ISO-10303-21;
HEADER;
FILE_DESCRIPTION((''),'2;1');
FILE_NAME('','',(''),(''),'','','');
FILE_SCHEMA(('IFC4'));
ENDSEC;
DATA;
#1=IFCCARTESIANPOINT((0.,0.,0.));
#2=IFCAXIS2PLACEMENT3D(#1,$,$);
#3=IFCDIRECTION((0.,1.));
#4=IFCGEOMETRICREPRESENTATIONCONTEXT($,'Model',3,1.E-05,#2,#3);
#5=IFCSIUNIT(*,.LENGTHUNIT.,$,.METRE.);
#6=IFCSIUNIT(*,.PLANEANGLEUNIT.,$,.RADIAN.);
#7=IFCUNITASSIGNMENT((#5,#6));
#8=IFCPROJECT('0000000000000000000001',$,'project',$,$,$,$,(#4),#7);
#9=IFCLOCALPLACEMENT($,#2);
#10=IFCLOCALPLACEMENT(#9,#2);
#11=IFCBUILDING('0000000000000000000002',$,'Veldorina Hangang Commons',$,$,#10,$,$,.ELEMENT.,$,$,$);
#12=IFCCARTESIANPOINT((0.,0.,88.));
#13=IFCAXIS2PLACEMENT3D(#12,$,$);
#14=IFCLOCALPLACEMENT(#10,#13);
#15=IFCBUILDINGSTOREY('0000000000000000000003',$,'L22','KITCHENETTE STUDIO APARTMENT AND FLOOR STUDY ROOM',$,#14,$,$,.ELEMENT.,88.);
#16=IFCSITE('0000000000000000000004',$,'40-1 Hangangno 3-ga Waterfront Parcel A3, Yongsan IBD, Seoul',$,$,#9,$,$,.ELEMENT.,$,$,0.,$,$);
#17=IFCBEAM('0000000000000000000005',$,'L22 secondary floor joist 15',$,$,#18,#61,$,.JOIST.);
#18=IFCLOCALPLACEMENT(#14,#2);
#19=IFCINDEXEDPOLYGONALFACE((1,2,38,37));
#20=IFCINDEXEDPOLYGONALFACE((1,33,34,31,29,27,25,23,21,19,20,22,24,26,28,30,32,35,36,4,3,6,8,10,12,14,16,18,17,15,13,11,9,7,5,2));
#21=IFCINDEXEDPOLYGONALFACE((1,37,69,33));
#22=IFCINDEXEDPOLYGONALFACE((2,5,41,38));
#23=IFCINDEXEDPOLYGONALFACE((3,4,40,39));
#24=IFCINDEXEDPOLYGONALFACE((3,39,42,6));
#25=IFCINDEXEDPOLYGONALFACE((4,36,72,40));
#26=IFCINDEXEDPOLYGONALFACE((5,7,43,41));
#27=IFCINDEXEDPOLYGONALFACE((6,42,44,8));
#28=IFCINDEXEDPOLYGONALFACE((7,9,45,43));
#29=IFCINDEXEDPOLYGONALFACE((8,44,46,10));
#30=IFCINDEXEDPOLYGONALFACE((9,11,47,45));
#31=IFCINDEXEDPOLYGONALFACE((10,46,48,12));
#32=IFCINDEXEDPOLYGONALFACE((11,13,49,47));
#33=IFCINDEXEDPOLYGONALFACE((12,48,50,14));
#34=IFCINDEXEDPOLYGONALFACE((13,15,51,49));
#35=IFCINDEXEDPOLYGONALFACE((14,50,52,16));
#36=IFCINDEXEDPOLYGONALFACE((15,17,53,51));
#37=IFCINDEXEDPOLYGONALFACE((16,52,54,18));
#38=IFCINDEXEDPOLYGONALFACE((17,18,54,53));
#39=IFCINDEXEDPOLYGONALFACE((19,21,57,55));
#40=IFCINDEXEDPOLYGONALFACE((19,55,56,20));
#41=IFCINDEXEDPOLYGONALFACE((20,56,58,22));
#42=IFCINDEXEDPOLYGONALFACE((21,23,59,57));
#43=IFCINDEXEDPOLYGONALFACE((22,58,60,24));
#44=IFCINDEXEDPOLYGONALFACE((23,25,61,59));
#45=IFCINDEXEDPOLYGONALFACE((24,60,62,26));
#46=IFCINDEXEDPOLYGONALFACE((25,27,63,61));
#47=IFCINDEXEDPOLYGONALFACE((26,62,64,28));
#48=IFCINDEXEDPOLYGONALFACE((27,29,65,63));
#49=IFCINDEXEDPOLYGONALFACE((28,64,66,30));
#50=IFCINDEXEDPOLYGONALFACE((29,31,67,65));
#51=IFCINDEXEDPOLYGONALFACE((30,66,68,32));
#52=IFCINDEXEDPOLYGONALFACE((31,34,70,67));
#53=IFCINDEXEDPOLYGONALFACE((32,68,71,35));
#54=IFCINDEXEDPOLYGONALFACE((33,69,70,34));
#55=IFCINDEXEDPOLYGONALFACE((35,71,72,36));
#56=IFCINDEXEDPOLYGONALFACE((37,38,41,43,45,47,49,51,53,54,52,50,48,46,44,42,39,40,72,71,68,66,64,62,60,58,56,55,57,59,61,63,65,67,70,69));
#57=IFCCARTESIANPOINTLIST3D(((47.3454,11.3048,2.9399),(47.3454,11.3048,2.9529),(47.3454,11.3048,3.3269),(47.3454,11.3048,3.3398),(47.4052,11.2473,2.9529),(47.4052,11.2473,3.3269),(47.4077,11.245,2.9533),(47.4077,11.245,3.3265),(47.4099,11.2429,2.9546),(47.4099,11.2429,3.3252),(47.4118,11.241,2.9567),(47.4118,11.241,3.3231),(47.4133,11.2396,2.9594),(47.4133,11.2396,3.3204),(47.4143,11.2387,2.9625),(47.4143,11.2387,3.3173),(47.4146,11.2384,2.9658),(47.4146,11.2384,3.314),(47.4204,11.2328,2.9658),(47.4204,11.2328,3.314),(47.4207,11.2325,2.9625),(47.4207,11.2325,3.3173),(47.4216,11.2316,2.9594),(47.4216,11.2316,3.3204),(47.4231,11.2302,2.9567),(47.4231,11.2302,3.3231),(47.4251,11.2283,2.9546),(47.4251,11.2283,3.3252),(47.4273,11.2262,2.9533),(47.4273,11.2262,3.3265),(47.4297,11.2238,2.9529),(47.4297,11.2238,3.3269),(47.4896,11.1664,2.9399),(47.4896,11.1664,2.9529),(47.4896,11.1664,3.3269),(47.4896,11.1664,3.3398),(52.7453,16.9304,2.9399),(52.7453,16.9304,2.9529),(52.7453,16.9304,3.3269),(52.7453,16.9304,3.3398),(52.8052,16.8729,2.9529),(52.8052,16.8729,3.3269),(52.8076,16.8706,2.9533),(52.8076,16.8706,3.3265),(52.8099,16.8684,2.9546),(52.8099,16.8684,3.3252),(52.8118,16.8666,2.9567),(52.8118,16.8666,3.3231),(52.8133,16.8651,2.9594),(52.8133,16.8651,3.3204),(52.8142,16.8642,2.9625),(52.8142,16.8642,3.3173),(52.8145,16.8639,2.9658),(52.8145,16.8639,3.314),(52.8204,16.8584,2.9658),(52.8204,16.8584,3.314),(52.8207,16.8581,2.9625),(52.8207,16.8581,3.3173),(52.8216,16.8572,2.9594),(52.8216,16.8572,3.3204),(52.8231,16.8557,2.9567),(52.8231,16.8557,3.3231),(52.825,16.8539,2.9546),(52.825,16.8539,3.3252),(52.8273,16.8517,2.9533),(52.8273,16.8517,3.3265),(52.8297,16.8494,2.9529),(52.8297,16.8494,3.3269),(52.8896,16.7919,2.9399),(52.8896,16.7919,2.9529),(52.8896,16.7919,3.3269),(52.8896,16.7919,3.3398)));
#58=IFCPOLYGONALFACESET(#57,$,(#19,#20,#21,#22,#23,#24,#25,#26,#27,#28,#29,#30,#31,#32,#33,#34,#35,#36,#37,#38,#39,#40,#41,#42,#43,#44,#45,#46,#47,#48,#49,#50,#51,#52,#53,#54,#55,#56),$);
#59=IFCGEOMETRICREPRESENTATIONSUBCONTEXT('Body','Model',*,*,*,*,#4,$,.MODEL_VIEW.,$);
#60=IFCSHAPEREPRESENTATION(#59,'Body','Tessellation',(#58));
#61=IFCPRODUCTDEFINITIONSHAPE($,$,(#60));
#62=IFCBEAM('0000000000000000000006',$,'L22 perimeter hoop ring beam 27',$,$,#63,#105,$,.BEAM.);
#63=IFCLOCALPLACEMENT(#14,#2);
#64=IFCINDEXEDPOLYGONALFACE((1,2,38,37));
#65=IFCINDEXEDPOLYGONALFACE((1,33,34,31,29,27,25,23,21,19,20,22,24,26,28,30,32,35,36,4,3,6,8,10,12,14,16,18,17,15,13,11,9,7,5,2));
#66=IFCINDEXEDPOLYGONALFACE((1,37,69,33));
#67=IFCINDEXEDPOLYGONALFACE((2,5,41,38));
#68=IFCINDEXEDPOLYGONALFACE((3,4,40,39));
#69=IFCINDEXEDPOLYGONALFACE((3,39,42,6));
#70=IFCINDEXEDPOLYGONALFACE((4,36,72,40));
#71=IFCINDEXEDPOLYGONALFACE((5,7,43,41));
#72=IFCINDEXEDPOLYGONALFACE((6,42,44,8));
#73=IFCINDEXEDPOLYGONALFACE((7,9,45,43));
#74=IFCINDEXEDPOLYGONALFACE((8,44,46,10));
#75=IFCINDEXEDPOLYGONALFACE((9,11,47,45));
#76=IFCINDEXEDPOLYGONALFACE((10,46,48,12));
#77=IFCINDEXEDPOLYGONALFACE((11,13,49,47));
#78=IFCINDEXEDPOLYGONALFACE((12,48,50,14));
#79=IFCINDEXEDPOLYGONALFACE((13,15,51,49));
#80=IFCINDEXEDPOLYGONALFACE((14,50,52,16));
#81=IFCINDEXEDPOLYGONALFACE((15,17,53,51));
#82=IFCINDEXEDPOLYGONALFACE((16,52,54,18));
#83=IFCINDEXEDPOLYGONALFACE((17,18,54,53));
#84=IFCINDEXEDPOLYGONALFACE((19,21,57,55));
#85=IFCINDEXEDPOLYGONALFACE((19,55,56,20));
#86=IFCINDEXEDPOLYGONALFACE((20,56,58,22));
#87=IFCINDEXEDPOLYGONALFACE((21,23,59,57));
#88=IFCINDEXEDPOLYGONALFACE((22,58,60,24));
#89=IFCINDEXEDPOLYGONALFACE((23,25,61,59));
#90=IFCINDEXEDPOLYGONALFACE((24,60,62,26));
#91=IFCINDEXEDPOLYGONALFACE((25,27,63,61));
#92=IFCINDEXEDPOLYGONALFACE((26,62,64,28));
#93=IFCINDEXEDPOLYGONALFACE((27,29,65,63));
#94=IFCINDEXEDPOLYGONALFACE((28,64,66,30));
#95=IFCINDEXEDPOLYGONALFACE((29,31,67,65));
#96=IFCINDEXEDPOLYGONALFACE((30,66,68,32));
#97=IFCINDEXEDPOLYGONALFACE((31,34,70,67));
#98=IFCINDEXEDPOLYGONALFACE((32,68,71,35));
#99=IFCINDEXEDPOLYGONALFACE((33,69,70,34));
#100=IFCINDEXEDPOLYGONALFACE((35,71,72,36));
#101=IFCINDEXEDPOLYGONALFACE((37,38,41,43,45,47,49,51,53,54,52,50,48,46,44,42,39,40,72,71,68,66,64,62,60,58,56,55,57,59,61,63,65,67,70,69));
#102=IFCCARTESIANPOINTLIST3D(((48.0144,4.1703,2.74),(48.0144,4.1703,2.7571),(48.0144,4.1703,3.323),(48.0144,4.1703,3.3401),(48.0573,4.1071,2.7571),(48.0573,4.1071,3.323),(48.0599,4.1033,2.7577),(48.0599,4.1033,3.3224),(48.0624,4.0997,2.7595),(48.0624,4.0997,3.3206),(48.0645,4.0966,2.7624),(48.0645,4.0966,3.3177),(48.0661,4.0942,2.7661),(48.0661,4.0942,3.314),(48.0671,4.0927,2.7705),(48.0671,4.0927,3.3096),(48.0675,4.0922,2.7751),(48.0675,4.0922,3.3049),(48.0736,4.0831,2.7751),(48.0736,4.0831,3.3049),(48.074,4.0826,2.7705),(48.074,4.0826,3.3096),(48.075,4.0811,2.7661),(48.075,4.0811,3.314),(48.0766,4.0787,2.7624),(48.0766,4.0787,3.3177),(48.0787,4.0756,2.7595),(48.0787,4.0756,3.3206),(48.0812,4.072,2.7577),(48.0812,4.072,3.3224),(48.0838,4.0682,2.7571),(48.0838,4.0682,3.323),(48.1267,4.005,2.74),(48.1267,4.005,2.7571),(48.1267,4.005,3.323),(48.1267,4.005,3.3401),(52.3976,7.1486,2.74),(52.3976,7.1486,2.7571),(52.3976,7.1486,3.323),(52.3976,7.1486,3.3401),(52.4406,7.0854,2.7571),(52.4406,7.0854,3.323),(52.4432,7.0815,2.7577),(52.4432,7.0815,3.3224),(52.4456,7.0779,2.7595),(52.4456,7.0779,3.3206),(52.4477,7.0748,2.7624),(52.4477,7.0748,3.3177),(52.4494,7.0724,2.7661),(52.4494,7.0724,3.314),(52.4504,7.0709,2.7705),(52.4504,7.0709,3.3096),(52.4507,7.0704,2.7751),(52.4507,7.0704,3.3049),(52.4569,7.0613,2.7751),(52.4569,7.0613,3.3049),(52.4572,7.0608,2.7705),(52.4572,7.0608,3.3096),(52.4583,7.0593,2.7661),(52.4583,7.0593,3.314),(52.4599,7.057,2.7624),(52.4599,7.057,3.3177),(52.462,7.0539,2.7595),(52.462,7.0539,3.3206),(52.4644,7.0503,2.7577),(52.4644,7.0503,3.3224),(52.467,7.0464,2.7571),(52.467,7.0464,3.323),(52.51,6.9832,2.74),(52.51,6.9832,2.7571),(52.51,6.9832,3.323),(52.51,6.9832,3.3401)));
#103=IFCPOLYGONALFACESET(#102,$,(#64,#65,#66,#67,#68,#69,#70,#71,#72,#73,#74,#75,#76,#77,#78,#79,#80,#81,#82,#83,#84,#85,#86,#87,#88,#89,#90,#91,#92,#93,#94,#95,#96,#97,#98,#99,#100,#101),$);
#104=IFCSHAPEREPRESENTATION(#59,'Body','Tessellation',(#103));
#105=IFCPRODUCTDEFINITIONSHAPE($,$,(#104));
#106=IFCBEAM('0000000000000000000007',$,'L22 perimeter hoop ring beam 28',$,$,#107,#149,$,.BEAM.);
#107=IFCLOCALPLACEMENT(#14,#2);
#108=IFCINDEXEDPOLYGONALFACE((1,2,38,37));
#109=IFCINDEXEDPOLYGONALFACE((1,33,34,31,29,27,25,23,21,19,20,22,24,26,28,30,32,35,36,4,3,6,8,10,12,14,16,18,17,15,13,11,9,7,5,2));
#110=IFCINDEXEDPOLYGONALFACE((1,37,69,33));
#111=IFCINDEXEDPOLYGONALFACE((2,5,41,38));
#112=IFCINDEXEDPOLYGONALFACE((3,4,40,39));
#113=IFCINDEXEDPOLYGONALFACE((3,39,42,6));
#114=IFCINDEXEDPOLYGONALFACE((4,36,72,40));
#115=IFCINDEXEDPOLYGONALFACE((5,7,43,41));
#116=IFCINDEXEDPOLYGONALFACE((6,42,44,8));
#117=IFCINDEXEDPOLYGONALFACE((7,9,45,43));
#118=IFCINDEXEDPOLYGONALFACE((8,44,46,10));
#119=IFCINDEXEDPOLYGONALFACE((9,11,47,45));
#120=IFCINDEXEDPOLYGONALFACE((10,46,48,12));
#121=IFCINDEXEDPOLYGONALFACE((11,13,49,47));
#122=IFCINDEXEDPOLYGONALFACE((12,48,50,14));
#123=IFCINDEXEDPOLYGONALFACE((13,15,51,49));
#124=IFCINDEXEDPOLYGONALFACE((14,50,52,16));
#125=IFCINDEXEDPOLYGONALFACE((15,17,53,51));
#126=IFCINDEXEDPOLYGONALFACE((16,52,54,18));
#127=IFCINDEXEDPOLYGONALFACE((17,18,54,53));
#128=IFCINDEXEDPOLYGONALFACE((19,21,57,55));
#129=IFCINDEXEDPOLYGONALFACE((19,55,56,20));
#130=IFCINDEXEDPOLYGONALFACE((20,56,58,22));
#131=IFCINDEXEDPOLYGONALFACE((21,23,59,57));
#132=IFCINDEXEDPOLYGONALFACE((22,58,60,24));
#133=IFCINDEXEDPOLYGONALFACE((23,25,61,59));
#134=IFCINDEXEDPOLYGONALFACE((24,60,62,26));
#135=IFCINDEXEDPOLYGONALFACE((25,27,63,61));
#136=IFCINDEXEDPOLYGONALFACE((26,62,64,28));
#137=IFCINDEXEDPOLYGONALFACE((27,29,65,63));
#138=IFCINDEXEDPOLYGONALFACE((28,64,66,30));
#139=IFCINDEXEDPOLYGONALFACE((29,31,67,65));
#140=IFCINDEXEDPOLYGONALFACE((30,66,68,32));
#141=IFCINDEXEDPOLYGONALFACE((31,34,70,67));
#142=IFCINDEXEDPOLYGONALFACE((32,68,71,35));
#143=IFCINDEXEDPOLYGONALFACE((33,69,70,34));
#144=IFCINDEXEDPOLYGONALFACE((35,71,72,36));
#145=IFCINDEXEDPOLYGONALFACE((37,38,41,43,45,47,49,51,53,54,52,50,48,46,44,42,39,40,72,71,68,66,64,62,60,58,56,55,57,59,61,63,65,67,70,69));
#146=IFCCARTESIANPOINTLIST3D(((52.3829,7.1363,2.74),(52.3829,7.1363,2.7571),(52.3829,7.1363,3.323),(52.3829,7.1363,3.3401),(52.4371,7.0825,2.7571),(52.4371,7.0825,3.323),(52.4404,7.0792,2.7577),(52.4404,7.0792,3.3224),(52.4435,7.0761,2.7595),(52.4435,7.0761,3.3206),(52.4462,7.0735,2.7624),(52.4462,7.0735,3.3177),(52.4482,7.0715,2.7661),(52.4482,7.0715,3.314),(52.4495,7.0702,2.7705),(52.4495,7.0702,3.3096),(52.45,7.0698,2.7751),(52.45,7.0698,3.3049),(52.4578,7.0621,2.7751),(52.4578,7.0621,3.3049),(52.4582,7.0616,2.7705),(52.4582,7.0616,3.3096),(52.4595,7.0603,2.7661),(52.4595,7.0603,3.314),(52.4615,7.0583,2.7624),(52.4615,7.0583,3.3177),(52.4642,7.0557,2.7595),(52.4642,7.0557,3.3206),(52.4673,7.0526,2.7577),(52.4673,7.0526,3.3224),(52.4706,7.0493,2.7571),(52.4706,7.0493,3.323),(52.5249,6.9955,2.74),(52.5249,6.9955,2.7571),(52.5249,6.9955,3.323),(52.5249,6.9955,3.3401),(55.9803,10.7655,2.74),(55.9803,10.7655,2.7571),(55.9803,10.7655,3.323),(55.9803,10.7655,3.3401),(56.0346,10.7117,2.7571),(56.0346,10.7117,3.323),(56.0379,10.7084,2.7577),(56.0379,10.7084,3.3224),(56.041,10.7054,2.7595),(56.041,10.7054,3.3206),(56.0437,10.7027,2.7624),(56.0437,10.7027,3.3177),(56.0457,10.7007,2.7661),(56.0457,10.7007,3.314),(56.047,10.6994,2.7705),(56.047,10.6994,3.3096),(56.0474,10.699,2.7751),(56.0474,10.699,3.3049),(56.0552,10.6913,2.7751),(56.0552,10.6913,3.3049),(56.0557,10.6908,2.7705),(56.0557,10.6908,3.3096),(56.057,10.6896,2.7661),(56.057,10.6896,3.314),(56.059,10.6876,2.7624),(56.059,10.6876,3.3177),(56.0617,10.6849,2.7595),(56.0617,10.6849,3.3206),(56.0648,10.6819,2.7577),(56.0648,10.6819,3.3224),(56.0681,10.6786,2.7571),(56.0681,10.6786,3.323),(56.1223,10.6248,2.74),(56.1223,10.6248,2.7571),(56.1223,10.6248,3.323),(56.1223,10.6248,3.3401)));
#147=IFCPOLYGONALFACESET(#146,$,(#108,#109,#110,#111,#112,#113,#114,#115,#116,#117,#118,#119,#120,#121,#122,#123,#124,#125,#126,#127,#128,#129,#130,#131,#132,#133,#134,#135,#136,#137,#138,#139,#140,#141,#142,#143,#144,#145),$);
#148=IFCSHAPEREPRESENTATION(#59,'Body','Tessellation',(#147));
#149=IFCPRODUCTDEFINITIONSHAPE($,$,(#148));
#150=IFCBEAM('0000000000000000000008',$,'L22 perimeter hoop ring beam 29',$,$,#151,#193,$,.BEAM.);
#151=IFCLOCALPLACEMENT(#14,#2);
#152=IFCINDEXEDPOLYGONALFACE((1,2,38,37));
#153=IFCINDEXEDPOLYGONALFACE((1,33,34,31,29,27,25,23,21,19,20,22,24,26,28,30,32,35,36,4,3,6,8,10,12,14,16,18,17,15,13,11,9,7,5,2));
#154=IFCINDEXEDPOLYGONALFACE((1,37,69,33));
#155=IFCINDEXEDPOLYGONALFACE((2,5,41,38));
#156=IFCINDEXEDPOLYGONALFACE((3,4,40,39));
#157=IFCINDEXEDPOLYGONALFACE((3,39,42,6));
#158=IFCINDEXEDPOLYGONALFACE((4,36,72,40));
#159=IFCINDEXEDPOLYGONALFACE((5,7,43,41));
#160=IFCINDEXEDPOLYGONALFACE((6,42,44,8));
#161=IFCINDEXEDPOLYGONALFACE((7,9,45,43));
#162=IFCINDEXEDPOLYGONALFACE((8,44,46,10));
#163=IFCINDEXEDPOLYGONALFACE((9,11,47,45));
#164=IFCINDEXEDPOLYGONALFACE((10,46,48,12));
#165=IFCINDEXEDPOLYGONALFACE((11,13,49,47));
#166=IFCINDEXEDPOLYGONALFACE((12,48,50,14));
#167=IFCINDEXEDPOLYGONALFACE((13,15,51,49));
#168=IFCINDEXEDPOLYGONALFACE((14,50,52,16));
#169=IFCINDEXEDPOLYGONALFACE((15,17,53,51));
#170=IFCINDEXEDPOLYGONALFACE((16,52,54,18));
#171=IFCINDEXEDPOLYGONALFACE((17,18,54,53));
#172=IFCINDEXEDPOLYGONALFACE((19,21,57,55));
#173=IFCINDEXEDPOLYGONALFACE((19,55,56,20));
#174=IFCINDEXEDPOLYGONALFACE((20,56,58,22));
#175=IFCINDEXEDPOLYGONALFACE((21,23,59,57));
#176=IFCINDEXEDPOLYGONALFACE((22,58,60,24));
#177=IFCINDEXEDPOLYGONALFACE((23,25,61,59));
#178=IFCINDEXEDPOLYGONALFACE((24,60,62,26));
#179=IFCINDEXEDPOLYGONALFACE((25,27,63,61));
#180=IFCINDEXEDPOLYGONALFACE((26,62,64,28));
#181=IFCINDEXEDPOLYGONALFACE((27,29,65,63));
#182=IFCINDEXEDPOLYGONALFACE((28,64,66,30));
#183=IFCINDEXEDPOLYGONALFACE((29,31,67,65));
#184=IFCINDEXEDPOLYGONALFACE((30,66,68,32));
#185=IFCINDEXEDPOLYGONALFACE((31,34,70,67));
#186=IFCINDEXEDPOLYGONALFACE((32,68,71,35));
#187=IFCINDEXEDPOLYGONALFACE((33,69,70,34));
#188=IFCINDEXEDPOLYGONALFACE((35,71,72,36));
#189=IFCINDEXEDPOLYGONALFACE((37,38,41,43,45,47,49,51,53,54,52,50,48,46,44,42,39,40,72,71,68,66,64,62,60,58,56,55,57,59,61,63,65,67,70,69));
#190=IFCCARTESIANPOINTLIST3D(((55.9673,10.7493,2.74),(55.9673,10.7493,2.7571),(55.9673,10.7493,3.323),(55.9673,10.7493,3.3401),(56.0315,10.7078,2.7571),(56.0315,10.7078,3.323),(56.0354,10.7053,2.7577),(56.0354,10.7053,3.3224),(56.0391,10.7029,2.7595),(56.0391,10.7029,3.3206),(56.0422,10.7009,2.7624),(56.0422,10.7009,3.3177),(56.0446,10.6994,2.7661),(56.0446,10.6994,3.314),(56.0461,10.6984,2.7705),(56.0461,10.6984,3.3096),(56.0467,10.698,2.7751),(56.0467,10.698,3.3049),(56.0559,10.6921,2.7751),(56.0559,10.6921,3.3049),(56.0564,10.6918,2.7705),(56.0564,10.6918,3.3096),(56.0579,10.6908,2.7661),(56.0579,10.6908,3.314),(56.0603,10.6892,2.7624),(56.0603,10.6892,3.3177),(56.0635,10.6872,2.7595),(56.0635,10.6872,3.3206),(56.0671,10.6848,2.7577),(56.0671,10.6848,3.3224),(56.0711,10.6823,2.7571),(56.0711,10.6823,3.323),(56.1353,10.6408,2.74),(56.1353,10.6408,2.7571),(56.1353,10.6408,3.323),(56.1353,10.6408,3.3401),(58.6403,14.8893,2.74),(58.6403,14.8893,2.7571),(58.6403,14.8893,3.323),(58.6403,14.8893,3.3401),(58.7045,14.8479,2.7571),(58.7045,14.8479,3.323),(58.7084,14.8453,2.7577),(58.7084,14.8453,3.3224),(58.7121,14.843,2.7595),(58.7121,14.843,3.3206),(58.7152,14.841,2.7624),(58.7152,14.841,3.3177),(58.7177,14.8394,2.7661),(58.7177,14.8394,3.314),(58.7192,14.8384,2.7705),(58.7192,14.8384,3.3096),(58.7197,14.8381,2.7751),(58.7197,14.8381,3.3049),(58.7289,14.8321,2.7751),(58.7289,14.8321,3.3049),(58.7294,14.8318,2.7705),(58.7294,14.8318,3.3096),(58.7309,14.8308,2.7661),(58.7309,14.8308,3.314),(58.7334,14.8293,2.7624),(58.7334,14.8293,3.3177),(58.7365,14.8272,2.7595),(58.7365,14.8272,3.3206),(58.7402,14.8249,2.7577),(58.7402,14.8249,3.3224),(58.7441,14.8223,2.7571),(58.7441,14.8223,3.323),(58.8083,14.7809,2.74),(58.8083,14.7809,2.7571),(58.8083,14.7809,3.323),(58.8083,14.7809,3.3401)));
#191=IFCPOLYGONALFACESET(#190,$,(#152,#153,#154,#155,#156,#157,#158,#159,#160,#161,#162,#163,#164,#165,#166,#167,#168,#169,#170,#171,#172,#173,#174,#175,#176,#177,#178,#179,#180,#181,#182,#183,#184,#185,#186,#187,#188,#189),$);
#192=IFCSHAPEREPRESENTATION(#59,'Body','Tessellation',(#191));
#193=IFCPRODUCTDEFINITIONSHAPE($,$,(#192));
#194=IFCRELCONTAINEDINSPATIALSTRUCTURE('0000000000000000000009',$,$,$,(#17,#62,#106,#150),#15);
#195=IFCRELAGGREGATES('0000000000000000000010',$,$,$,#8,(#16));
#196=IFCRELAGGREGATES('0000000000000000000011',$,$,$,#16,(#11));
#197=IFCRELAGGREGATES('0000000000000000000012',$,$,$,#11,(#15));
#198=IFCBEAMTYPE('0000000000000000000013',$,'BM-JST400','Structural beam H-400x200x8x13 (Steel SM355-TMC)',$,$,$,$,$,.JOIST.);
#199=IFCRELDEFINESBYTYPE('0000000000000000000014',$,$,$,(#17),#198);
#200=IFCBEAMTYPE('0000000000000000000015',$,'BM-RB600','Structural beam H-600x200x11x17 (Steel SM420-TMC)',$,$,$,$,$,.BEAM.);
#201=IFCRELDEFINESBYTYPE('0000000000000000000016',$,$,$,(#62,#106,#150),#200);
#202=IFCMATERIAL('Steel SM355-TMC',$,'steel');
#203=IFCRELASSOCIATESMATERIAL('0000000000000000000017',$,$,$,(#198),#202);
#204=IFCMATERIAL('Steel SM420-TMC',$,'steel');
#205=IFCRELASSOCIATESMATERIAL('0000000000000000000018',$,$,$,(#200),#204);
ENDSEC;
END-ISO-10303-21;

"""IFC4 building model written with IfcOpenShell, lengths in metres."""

from ifc_helpers import new_model, si_unit, direction, frame, origin, origin_2d, place, context, subcontext, project, spatial, i_section, extrude, material, material_profile, profile_set, type_object, element, save


model = new_model("IFC4")

# Units and contexts
model_context = context("Model", 3, precision=1e-05, world=origin(), true_north=direction((0.0, 1.0)))
body_context = subcontext(model_context, "Body", "Model", "MODEL_VIEW")
ifc_project = project(units=[si_unit("LENGTHUNIT", "METRE"), si_unit("PLANEANGLEUNIT", "RADIAN")], contexts=[model_context])

# Site, building, storey
site_placement = place(None, origin())
site = spatial("IfcSite", under=ifc_project, at=site_placement, Name="40-1 Hangangno 3-ga Waterfront Parcel A3, Yongsan IBD, Seoul", CompositionType="ELEMENT", RefElevation=0.0)
building_placement = place(site_placement, origin())
building = spatial("IfcBuilding", under=site, at=building_placement, Name="Veldorina Hangang Commons", CompositionType="ELEMENT")
storey_placement = place(building_placement, frame((0.0, 0.0, 88.0)))
storey = spatial("IfcBuildingStorey", under=building, at=storey_placement, Name="L22", Description="KITCHENETTE STUDIO APARTMENT AND FLOOR STUDY ROOM", CompositionType="ELEMENT", Elevation=88.0)

# Beams
ifc_material_1 = material(Name="Steel SM355-TMC", Category="steel")
ifc_material_profile_1 = material_profile(ifc_material_1, i_section(OverallWidth=0.2, OverallDepth=0.3999, WebThickness=0.0081, FlangeThickness=0.0129, FilletRadius=0.0129, at=origin_2d()), Name="H-400x200x8x13")
ifc_profile_set_1 = profile_set([ifc_material_profile_1], Name="Steel SM355-TMC")
beam_type_1 = type_object("IfcBeamType", Name="BM-JST400", Description="Structural beam H-400x200x8x13 (Steel SM355-TMC)", PredefinedType="JOIST", material=ifc_profile_set_1)
beam_1_placement = place(storey_placement, frame((47.4175, 11.2356, 3.1399), z_axis=(0.692494, 0.721424, 0.0), x_axis=(-0.721424, 0.692494, 0.0)))
element("IfcBeam", 1, at=beam_1_placement, inside=storey, type_object=beam_type_1, Name="L22 secondary floor joist 15", PredefinedType="JOIST", context=body_context, shape_type="SweptSolid", body=[
    extrude(i_section(OverallWidth=0.2, OverallDepth=0.3999, WebThickness=0.0081, FlangeThickness=0.0129, FilletRadius=0.0129, at=origin_2d()), origin(), (0.0, 0.0, 1.0), 7.7979),
])
ifc_material_2 = material(Name="Steel SM420-TMC", Category="steel")
ifc_material_profile_2 = material_profile(ifc_material_2, i_section(OverallWidth=0.2, OverallDepth=0.6001, WebThickness=0.011, FlangeThickness=0.0171, FilletRadius=0.0181, at=origin_2d()), Name="H-600x200x11x17")
ifc_profile_set_2 = profile_set([ifc_material_profile_2], Name="Steel SM420-TMC")
beam_type_2 = type_object("IfcBeamType", Name="BM-RB600", Description="Structural beam H-600x200x11x17 (Steel SM420-TMC)", PredefinedType="BEAM", material=ifc_profile_set_2)
beam_2_placement = place(storey_placement, frame((48.0706, 4.0876, 3.04), z_axis=(0.827135, 0.562004, 0.0), x_axis=(-0.562004, 0.827135, 0.0)))
element("IfcBeam", 2, at=beam_2_placement, inside=storey, type_object=beam_type_2, Name="L22 perimeter hoop ring beam 27", PredefinedType="BEAM", context=body_context, shape_type="SweptSolid", body=[
    extrude(i_section(OverallWidth=0.2, OverallDepth=0.6001, WebThickness=0.011, FlangeThickness=0.0171, FilletRadius=0.0181, at=origin_2d()), origin(), (0.0, 0.0, 1.0), 5.2993),
])
beam_3_placement = place(storey_placement, frame((52.4539, 7.0659, 3.04), z_axis=(0.703994, 0.710205, 0.0), x_axis=(-0.710205, 0.703994, 0.0)))
element("IfcBeam", 3, at=beam_3_placement, inside=storey, type_object=beam_type_2, Name="L22 perimeter hoop ring beam 28", PredefinedType="BEAM", context=body_context, shape_type="SweptSolid", body=[
    extrude(i_section(OverallWidth=0.2, OverallDepth=0.6001, WebThickness=0.011, FlangeThickness=0.0171, FilletRadius=0.0181, at=origin_2d()), origin(), (0.0, 0.0, 1.0), 5.1101),
])
beam_4_placement = place(storey_placement, frame((56.0513, 10.6951, 3.04), z_axis=(0.542419, 0.840108, 0.0), x_axis=(-0.840108, 0.542419, 0.0)))
element("IfcBeam", 4, at=beam_4_placement, inside=storey, type_object=beam_type_2, Name="L22 perimeter hoop ring beam 29", PredefinedType="BEAM", context=body_context, shape_type="SweptSolid", body=[
    extrude(i_section(OverallWidth=0.2, OverallDepth=0.6001, WebThickness=0.011, FlangeThickness=0.0171, FilletRadius=0.0181, at=origin_2d()), origin(), (0.0, 0.0, 1.0), 4.928),
])

save(model, "model.ifc")
